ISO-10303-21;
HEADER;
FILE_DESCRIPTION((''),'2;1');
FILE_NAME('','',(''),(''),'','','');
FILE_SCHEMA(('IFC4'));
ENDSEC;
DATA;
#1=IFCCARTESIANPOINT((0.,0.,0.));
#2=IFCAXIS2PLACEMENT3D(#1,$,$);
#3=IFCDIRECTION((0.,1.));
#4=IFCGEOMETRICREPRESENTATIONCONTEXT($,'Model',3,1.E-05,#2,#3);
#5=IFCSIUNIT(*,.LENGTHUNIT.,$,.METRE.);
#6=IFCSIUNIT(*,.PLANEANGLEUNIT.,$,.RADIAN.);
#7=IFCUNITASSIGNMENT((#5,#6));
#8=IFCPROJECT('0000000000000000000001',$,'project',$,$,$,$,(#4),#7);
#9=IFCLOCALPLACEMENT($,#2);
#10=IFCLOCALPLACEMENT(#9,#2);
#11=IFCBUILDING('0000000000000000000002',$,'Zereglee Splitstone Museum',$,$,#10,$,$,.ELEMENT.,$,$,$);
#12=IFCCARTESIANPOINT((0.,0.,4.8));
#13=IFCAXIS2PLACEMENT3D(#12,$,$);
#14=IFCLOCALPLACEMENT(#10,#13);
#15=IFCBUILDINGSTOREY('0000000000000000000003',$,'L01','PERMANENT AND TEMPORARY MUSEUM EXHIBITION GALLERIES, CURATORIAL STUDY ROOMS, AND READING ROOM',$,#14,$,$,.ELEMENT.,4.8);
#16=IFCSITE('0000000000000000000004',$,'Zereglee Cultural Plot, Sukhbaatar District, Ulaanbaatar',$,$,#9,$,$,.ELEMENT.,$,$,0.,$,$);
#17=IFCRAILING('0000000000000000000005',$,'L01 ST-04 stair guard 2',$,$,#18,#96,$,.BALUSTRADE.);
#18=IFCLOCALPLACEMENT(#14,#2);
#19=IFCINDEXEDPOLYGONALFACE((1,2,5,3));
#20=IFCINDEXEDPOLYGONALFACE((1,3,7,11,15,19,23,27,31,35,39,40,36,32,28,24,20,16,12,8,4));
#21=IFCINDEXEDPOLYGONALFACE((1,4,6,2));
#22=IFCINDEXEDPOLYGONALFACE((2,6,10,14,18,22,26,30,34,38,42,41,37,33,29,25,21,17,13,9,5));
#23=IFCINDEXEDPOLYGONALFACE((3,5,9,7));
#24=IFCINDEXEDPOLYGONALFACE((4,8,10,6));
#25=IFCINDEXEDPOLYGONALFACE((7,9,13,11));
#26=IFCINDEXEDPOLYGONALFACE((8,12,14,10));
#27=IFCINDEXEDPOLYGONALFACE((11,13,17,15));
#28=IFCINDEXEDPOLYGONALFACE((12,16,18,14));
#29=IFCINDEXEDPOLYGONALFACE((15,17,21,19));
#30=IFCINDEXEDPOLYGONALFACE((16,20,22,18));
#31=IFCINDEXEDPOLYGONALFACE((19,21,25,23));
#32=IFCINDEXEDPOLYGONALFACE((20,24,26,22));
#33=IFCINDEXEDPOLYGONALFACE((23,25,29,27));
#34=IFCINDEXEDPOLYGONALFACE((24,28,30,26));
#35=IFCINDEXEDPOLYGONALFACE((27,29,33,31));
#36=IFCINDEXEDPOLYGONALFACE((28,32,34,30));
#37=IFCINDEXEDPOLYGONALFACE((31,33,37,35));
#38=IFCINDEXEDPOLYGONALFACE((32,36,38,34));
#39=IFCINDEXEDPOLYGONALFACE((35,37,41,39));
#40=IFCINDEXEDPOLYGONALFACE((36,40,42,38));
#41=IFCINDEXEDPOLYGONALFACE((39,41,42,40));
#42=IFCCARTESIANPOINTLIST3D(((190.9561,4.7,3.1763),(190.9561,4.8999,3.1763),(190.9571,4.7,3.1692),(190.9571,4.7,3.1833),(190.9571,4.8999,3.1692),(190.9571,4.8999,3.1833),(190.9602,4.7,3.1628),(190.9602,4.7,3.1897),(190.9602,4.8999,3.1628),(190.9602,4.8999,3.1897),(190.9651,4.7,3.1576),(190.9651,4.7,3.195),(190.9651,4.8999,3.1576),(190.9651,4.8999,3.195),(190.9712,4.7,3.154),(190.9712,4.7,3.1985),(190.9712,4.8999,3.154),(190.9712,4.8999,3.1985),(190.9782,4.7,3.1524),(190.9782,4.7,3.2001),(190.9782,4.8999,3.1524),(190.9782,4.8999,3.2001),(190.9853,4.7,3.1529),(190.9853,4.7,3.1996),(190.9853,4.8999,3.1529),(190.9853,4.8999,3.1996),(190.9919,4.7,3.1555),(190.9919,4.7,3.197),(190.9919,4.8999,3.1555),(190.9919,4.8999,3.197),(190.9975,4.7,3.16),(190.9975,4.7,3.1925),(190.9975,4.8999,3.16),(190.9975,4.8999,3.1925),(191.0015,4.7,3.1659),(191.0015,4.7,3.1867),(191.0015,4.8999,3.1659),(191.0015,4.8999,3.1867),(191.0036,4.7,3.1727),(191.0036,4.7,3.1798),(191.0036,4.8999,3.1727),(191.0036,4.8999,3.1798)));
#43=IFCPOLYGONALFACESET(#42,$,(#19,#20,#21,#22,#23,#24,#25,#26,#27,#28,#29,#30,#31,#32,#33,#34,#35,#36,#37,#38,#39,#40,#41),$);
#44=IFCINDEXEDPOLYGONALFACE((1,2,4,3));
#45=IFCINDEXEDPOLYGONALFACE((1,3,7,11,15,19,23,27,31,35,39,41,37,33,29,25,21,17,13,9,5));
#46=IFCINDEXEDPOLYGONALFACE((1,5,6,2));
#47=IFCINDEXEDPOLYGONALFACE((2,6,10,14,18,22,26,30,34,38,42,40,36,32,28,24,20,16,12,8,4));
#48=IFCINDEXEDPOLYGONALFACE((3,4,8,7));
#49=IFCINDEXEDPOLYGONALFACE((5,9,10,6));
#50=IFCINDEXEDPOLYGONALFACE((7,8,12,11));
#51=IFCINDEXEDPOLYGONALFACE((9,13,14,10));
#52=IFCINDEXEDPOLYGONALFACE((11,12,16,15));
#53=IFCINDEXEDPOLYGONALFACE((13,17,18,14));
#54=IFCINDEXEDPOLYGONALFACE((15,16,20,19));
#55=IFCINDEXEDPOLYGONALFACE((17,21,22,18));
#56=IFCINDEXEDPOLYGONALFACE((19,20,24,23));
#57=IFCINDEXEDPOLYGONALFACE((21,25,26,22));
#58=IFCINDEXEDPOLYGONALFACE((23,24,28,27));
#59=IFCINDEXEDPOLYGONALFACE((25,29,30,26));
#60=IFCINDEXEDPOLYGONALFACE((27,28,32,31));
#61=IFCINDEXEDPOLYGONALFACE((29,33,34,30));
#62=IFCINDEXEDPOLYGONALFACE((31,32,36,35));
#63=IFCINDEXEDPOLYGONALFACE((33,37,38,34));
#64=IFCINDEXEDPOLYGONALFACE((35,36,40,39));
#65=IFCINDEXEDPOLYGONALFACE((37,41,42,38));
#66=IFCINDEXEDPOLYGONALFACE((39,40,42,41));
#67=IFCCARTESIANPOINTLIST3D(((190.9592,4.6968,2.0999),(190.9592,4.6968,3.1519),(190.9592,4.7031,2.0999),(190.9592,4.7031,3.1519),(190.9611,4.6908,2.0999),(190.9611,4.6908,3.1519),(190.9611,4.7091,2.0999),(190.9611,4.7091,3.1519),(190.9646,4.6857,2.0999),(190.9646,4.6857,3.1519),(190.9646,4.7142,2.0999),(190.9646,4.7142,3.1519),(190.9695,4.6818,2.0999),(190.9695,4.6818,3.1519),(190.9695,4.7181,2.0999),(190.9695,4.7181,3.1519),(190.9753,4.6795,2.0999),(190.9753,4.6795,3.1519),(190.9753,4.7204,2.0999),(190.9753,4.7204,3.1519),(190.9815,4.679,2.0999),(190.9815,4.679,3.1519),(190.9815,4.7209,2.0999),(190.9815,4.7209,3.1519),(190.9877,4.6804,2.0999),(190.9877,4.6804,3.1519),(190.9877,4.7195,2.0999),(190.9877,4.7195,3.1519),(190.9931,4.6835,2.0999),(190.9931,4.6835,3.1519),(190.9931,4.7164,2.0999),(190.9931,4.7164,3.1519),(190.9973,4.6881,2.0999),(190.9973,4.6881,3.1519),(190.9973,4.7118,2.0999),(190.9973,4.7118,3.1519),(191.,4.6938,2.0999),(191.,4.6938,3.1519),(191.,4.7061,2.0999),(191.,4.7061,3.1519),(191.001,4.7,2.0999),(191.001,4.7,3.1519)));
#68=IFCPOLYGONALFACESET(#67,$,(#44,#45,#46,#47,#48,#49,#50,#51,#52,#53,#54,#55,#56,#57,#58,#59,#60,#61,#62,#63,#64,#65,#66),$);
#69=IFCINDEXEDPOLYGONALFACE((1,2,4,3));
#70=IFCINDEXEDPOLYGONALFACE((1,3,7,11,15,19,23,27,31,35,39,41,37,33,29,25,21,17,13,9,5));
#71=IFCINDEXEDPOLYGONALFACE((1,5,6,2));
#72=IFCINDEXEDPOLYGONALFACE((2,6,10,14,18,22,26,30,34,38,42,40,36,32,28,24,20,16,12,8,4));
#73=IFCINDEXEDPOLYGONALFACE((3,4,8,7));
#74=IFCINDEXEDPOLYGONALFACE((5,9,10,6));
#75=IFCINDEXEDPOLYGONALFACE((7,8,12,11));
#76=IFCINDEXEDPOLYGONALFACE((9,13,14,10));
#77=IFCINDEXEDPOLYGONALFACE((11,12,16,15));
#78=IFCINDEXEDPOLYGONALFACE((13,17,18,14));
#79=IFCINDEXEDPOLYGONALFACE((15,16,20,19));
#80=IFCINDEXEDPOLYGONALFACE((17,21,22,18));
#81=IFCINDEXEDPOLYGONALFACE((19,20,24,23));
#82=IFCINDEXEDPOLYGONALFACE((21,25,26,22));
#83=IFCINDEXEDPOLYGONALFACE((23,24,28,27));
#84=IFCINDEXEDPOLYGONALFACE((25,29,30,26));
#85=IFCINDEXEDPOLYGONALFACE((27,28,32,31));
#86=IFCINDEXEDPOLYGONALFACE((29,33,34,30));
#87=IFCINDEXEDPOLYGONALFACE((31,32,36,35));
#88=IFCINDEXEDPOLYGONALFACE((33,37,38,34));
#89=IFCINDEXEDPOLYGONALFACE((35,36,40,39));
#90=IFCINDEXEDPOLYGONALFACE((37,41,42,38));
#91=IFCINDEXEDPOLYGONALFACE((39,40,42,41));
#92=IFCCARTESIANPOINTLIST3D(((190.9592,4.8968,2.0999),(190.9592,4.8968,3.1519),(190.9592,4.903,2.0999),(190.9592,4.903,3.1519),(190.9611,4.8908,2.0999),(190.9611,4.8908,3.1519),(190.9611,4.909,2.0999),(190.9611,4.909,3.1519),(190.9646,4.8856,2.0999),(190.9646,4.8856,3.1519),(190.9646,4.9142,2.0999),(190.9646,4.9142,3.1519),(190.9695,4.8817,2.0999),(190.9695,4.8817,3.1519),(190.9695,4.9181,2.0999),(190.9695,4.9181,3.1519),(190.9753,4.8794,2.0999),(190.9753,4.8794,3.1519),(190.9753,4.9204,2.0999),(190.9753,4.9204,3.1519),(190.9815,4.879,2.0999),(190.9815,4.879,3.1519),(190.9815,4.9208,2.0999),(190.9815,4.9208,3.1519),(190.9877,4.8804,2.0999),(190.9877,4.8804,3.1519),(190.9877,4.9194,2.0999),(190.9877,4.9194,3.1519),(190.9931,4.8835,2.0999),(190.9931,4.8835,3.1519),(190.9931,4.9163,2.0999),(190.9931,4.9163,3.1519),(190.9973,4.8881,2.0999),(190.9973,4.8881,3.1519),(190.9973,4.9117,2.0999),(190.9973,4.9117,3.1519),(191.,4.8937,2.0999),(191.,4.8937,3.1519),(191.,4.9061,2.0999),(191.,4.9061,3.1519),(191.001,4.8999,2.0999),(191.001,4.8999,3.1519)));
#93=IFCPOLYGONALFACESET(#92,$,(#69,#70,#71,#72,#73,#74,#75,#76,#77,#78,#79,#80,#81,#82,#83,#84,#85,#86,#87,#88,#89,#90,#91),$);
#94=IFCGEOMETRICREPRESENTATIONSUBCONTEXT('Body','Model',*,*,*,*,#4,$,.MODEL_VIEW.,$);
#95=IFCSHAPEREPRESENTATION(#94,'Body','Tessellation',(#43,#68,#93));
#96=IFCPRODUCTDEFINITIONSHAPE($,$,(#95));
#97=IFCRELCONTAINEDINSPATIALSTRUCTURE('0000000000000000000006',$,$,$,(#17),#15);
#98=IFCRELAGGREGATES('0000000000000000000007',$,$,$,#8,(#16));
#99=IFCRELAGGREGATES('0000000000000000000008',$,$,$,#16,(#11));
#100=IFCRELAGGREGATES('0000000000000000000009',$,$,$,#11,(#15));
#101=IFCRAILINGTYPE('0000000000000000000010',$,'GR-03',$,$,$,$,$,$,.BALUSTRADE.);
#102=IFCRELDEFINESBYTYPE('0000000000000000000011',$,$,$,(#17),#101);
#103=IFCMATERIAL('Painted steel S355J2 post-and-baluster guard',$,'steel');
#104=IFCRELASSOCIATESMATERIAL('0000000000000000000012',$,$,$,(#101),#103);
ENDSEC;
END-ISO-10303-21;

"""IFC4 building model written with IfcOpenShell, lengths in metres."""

from ifc_helpers import new_model, si_unit, direction, frame, origin, origin_2d, place, context, subcontext, project, spatial, circle, extrude, material, type_object, element, save


model = new_model("IFC4")

# Units and contexts
model_context = context("Model", 3, precision=1e-05, world=origin(), true_north=direction((0.0, 1.0)))
body_context = subcontext(model_context, "Body", "Model", "MODEL_VIEW")
ifc_project = project(units=[si_unit("LENGTHUNIT", "METRE"), si_unit("PLANEANGLEUNIT", "RADIAN")], contexts=[model_context])

# Site, building, storey
site_placement = place(None, origin())
site = spatial("IfcSite", under=ifc_project, at=site_placement, Name="Zereglee Cultural Plot, Sukhbaatar District, Ulaanbaatar", CompositionType="ELEMENT", RefElevation=0.0)
building_placement = place(site_placement, origin())
building = spatial("IfcBuilding", under=site, at=building_placement, Name="Zereglee Splitstone Museum", CompositionType="ELEMENT")
storey_placement = place(building_placement, frame((0.0, 0.0, 4.8)))
storey = spatial("IfcBuildingStorey", under=building, at=storey_placement, Name="L01", Description="PERMANENT AND TEMPORARY MUSEUM EXHIBITION GALLERIES, CURATORIAL STUDY ROOMS, AND READING ROOM", CompositionType="ELEMENT", Elevation=4.8)

# Railing
ifc_material_1 = material(Name="Painted steel S355J2 post-and-baluster guard", Category="steel")
railing_type_1 = type_object("IfcRailingType", Name="GR-03", PredefinedType="BALUSTRADE", material=ifc_material_1)
railing_1_placement = place(storey_placement, frame((190.98, 4.7, 2.0999)))
element("IfcRailing", 1, at=railing_1_placement, inside=storey, type_object=railing_type_1, Name="L01 ST-04 stair guard 2", PredefinedType="BALUSTRADE", context=body_context, shape_type="SweptSolid", body=[
    extrude(circle(Radius=0.0239, at=origin_2d()), frame((0.0, 0.0, 1.0764), z_axis=(0.0, 1.0, 0.0), x_axis=(-1.0, 0.0, 0.0)), (0.0, 0.0, 1.0), 0.2),
    extrude(circle(Radius=0.021, at=origin_2d()), origin(), (0.0, 0.0, 1.0), 1.052),
    extrude(circle(Radius=0.021, at=origin_2d()), frame((0.0, 0.2, 0.0)), (0.0, 0.0, 1.0), 1.052),
])

save(model, "model.ifc")
